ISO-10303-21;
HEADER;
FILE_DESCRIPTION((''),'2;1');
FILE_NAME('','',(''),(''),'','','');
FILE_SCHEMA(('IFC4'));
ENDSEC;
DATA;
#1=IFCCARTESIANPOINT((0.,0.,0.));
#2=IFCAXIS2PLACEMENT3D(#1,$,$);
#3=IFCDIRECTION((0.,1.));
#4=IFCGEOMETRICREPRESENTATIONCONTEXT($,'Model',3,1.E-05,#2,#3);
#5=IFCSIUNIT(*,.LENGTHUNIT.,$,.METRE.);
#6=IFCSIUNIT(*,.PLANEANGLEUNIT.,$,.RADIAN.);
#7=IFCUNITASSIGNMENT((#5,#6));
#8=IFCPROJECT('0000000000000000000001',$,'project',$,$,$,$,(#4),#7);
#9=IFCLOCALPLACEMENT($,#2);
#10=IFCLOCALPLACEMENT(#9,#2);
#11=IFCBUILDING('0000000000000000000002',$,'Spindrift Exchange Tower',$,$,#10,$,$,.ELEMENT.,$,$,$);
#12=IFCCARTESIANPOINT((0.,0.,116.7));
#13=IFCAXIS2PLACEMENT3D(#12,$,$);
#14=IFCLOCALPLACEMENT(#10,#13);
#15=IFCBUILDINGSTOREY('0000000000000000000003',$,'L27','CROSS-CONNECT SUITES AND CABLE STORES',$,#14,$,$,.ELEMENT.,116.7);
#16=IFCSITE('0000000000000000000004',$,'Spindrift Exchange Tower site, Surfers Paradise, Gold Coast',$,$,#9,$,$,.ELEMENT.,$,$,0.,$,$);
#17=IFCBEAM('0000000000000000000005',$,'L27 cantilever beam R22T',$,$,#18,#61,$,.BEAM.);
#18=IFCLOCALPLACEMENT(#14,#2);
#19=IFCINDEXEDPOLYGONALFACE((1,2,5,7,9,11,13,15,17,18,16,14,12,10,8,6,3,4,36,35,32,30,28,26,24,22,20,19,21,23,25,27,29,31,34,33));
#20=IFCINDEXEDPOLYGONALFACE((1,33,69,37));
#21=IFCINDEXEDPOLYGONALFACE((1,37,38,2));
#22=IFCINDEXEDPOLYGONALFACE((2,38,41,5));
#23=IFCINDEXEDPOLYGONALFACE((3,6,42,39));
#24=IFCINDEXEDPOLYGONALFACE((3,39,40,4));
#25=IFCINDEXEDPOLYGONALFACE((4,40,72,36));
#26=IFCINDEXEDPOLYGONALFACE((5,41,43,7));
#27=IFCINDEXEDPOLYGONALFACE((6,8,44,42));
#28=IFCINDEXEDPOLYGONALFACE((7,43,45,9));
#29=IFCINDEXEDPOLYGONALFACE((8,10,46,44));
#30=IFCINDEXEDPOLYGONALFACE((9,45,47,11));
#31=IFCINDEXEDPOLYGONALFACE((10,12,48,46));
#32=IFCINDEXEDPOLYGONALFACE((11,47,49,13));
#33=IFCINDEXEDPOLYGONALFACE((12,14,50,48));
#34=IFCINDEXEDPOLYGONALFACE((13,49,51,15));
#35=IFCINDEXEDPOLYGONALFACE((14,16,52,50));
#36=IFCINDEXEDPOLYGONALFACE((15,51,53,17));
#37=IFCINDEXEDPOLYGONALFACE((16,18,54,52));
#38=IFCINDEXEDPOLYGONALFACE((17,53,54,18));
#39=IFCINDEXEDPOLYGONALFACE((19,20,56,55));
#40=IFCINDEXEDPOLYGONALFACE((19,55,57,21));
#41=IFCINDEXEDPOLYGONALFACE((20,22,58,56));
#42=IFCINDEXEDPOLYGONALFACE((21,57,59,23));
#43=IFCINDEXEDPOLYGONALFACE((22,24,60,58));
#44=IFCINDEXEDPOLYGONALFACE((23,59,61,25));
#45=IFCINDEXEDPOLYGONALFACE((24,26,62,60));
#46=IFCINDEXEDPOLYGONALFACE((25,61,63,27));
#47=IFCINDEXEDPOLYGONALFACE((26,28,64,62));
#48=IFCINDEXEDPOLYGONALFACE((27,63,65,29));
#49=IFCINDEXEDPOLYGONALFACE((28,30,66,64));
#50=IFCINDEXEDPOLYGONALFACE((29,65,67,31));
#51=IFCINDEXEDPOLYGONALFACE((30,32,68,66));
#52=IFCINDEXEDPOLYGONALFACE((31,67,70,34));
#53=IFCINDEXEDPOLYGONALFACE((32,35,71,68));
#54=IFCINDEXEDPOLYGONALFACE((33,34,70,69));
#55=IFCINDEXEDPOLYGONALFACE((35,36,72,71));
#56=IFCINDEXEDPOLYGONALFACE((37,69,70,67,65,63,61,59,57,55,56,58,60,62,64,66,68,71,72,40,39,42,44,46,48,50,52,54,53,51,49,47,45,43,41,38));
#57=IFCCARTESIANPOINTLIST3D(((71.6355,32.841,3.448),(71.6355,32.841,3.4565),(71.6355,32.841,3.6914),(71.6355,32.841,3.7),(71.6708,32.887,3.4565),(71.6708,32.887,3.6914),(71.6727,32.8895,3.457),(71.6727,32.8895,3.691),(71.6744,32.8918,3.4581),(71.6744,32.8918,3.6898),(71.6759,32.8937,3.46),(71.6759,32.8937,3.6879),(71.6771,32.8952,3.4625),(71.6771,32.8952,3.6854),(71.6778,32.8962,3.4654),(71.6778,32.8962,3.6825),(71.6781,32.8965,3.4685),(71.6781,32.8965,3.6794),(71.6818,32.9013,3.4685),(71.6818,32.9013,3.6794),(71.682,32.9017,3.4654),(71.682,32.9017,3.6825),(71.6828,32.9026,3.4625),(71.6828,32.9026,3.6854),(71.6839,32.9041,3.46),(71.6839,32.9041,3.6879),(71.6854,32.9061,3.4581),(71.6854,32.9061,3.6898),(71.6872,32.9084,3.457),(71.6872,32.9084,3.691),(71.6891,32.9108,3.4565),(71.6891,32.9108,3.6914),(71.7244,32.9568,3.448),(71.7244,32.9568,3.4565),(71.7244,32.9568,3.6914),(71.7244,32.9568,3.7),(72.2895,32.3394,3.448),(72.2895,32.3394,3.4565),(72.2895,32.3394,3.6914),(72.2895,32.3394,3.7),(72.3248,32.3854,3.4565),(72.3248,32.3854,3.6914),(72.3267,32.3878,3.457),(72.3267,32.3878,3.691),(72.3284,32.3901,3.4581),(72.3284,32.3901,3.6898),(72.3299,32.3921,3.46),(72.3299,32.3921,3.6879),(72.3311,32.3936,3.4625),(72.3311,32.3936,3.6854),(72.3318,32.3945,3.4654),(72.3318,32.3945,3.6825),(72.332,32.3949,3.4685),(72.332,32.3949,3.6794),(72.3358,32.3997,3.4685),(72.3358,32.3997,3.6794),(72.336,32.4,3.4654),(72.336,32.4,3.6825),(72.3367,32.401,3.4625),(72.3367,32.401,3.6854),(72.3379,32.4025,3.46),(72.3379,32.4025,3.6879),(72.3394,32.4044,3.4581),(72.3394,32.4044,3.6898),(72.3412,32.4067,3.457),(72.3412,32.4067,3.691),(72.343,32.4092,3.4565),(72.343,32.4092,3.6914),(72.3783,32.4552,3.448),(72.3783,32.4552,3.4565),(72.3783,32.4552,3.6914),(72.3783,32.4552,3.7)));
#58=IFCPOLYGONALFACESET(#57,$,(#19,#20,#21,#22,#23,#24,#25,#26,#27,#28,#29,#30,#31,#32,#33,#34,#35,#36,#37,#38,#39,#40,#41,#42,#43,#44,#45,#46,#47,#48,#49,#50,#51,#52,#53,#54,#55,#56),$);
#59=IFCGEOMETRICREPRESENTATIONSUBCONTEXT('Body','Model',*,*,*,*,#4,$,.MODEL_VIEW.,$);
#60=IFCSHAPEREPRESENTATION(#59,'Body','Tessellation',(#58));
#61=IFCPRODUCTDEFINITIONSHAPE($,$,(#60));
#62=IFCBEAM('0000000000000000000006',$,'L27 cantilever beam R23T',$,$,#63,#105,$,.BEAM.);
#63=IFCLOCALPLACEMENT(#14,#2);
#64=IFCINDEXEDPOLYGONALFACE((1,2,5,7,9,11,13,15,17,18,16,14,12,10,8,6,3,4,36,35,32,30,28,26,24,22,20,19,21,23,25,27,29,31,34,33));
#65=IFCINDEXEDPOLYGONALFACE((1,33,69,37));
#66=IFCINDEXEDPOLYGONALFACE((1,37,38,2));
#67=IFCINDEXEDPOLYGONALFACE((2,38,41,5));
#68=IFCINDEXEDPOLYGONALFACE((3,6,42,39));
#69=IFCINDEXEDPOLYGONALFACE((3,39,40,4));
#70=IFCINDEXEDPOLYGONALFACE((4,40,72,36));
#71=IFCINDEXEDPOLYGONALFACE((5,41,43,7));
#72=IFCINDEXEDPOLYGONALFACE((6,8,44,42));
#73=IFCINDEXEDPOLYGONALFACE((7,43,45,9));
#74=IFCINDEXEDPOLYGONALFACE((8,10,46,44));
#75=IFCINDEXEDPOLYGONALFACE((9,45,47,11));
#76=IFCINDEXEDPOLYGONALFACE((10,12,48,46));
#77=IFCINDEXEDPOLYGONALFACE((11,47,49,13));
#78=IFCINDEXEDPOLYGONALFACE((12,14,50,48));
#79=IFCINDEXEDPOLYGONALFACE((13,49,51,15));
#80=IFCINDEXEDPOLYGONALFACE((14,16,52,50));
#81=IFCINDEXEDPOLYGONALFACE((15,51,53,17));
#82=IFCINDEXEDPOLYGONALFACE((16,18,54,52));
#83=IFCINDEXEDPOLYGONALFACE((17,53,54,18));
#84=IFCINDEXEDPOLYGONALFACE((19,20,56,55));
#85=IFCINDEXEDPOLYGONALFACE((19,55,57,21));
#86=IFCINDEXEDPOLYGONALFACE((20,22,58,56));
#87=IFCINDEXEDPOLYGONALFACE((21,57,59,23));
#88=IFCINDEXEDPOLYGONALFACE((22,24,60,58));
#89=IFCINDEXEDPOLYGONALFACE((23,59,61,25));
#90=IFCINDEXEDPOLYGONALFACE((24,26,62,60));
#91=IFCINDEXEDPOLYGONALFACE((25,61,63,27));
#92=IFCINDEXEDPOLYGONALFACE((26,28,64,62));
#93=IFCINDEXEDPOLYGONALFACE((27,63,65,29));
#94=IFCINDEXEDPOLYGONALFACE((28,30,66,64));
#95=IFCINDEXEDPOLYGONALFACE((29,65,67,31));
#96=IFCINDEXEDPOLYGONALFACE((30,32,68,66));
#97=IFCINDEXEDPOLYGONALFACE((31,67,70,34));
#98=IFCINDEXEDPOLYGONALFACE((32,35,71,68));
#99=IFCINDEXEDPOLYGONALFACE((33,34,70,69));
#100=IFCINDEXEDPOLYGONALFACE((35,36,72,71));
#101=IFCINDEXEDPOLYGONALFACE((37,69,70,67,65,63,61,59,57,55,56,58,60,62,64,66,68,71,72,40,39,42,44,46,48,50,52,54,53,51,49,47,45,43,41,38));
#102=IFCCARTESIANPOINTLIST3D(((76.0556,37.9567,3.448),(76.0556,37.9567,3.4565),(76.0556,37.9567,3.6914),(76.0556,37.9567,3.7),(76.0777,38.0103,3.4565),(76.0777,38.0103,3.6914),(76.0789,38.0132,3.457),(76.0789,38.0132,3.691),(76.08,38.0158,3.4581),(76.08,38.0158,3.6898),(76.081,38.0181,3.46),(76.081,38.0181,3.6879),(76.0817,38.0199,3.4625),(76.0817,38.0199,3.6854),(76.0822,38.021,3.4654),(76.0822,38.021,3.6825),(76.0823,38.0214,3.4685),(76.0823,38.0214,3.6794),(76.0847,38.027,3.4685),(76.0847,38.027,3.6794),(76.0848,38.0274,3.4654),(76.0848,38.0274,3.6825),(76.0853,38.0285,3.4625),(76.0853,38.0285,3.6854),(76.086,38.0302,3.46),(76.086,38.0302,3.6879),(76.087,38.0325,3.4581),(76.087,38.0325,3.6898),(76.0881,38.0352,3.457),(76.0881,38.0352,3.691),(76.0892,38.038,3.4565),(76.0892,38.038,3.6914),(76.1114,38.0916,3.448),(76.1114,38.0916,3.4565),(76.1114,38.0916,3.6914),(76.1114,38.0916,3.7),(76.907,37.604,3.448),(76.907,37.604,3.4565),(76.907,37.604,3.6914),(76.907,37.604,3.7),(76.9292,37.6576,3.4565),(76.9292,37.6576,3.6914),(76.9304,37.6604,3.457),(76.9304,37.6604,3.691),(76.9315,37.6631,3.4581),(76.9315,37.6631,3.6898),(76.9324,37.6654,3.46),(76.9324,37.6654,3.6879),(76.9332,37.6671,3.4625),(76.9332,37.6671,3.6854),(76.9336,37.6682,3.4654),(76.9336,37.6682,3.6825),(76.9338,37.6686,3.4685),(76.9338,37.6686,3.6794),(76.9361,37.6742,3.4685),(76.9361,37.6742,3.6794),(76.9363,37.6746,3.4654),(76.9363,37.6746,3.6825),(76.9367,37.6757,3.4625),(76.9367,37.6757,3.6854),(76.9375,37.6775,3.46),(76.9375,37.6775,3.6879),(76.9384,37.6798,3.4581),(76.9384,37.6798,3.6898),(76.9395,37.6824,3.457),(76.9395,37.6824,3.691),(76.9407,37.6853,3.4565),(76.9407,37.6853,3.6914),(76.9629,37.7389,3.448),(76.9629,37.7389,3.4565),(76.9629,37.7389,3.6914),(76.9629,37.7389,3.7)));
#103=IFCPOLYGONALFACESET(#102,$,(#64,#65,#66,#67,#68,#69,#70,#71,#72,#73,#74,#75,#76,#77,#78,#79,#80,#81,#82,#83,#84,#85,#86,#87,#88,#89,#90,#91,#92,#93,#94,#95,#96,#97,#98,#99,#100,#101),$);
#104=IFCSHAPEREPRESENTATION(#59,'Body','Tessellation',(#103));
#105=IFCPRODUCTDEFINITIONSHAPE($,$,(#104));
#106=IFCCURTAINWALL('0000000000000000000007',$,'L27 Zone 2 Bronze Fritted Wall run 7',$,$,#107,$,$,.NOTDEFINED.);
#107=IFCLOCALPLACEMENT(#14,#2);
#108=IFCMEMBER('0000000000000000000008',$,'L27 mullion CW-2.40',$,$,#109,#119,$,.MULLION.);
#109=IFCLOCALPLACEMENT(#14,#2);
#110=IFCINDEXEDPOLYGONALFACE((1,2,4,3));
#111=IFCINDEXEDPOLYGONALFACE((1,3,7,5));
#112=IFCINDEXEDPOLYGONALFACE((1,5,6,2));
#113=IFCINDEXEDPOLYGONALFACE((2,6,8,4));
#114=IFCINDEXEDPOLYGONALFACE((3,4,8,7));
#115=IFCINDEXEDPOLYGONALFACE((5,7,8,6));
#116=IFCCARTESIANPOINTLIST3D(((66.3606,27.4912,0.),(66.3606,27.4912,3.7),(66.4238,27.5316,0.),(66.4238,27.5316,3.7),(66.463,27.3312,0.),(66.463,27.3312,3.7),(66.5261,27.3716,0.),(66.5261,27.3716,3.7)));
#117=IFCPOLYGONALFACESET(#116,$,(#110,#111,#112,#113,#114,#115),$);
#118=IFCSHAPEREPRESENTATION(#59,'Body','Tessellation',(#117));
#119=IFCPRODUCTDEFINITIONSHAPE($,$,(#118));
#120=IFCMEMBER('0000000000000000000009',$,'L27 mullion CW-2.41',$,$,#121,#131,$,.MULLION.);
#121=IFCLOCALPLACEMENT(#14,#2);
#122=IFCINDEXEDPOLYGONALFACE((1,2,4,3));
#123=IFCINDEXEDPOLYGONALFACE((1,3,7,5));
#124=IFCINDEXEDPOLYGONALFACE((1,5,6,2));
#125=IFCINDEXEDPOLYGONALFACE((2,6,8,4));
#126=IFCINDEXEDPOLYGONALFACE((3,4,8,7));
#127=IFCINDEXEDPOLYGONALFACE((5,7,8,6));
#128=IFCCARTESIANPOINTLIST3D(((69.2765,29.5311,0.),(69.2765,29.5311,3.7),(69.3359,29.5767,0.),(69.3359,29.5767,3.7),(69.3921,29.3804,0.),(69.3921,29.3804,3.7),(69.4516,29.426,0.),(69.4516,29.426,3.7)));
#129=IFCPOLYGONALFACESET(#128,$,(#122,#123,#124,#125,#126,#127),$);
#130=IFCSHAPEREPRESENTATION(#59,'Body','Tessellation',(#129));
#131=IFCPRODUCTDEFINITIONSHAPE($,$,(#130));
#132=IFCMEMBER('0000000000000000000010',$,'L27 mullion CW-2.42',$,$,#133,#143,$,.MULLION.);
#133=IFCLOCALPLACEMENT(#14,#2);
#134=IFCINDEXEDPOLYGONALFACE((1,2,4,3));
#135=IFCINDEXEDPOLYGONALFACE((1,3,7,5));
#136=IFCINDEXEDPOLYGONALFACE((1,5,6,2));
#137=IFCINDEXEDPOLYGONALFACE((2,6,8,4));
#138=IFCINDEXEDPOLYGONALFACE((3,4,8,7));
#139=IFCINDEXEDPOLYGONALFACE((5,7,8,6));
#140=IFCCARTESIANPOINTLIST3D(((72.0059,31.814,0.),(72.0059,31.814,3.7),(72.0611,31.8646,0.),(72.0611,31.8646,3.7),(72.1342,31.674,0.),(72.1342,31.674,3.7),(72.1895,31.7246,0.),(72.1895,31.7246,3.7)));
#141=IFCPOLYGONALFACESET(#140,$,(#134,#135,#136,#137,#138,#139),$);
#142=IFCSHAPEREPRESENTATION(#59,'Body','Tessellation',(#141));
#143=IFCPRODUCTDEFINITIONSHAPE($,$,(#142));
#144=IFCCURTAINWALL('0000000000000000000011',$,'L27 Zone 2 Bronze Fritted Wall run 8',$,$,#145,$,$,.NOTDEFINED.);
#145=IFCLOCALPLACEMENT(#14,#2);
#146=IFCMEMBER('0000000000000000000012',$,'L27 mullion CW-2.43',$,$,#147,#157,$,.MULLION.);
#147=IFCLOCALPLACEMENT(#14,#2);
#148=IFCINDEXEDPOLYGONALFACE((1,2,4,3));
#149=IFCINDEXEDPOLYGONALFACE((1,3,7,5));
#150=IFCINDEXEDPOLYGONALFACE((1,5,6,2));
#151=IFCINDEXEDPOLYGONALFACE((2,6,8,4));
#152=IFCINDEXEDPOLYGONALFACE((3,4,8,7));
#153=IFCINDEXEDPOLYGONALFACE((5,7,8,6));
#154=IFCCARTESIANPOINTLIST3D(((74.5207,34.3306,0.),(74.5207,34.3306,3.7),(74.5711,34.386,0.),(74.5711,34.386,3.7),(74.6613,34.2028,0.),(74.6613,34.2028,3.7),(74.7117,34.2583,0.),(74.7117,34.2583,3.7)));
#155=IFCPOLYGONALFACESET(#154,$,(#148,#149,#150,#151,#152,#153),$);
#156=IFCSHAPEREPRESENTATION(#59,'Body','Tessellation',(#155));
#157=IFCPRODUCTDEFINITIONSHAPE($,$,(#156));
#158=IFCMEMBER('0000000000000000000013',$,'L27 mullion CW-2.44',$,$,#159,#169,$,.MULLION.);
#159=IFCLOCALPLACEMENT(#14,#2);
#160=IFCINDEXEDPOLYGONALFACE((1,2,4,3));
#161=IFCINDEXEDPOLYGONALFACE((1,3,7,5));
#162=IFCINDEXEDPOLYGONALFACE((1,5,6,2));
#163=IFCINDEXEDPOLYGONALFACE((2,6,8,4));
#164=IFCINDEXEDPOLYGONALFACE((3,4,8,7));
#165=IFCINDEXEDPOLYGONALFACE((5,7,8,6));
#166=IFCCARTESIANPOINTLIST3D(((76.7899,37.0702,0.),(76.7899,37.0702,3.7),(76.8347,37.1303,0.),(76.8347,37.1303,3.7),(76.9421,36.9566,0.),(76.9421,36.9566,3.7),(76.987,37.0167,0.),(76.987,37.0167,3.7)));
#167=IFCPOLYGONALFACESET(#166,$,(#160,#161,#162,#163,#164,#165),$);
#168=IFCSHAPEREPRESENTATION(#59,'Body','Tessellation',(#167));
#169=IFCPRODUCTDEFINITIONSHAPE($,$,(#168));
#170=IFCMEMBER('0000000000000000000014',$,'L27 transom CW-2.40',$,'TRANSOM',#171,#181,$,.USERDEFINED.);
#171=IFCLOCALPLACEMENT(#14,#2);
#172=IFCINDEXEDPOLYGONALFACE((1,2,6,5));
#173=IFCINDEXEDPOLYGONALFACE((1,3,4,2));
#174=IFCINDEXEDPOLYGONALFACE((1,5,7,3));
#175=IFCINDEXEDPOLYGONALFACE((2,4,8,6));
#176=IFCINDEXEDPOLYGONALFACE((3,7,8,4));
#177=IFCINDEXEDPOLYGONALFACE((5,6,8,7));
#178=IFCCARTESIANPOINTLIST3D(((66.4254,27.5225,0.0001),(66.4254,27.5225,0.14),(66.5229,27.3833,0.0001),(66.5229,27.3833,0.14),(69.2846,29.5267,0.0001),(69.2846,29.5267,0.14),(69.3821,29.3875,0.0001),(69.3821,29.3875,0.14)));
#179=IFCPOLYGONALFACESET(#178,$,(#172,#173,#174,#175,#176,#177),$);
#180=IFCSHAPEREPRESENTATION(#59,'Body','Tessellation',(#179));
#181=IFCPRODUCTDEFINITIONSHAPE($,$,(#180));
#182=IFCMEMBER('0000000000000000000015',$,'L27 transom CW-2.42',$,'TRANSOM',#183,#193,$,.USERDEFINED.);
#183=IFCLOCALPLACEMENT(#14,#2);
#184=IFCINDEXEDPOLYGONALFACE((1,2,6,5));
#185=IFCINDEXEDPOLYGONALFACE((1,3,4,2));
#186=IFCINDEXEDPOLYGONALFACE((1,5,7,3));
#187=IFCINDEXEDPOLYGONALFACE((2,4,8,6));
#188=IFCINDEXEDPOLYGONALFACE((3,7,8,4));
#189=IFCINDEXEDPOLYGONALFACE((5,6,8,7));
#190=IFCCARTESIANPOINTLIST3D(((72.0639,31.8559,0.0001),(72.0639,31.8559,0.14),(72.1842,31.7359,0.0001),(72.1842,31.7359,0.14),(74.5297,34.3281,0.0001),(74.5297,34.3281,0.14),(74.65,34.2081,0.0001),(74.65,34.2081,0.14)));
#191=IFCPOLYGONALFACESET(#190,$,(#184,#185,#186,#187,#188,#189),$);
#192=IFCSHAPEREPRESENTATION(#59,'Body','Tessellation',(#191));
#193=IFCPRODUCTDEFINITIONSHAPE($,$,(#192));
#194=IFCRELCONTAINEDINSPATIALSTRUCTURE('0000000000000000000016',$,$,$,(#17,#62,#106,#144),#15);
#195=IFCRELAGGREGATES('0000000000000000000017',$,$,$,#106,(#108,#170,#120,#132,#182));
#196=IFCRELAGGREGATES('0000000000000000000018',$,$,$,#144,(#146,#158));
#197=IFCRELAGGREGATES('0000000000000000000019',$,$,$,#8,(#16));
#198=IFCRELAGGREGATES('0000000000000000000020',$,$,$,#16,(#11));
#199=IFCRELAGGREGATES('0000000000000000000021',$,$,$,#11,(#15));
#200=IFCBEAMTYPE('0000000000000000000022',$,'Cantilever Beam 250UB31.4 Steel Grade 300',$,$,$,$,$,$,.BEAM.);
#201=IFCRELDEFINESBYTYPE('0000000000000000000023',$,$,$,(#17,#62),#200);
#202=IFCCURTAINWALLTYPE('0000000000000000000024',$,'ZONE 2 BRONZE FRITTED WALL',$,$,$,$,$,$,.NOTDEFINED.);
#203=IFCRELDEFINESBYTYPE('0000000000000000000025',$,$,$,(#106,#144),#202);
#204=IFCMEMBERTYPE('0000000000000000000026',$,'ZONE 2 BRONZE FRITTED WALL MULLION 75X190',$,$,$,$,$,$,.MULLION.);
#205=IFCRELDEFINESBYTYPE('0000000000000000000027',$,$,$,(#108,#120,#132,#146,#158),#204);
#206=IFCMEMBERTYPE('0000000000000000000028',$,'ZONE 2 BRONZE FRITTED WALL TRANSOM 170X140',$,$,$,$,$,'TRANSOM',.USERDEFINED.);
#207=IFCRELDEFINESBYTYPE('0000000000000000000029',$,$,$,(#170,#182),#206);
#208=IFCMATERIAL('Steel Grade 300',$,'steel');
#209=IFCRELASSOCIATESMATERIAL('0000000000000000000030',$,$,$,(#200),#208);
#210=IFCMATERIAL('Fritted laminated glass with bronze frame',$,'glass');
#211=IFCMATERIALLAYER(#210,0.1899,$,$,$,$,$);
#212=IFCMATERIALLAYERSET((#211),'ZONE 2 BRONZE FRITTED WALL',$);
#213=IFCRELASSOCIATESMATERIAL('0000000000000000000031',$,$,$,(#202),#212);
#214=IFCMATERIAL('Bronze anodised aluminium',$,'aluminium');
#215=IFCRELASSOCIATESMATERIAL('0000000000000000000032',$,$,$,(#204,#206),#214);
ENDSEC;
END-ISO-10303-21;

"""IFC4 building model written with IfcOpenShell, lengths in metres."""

from ifc_helpers import new_model, si_unit, direction, frame, origin, origin_2d, place, context, subcontext, project, spatial, rectangle, i_section, extrude, source, transform, mapped, material, layer, layer_set, material_profile, profile_set, type_object, element, aggregate, save


model = new_model("IFC4")

# Units and contexts
model_context = context("Model", 3, precision=1e-05, world=origin(), true_north=direction((0.0, 1.0)))
body_context = subcontext(model_context, "Body", "Model", "MODEL_VIEW")
ifc_project = project(units=[si_unit("LENGTHUNIT", "METRE"), si_unit("PLANEANGLEUNIT", "RADIAN")], contexts=[model_context])

# Site, building, storey
site_placement = place(None, origin())
site = spatial("IfcSite", under=ifc_project, at=site_placement, Name="Spindrift Exchange Tower site, Surfers Paradise, Gold Coast", CompositionType="ELEMENT", RefElevation=0.0)
building_placement = place(site_placement, origin())
building = spatial("IfcBuilding", under=site, at=building_placement, Name="Spindrift Exchange Tower", CompositionType="ELEMENT")
storey_placement = place(building_placement, frame((0.0, 0.0, 116.7)))
storey = spatial("IfcBuildingStorey", under=building, at=storey_placement, Name="L27", Description="CROSS-CONNECT SUITES AND CABLE STORES", CompositionType="ELEMENT", Elevation=116.7)

# Beams
ifc_material_1 = material(Name="Steel Grade 300", Category="steel")
ifc_material_profile_1 = material_profile(ifc_material_1, i_section(OverallWidth=0.146, OverallDepth=0.252, WebThickness=0.0061, FlangeThickness=0.0085, FilletRadius=0.012, at=origin_2d()), Name="250UB31.4")
ifc_profile_set_1 = profile_set([ifc_material_profile_1], Name="Steel Grade 300")
beam_type_1 = type_object("IfcBeamType", Name="Cantilever Beam 250UB31.4 Steel Grade 300", PredefinedType="BEAM", material=ifc_profile_set_1)
shared_shape_1 = source(origin(), body_context, "Body", "SweptSolid", [
    extrude(i_section(OverallWidth=0.146, OverallDepth=0.252, WebThickness=0.0061, FlangeThickness=0.0085, FilletRadius=0.012, at=origin_2d()), origin(), (0.0, 0.0, 1.0), 0.8242),
])
beam_1_placement = place(storey_placement, frame((71.6799, 32.8989, 3.574), z_axis=(0.793449, -0.608637, 0.0), x_axis=(0.608637, 0.793449, 0.0)))
element("IfcBeam", 1, at=beam_1_placement, inside=storey, type_object=beam_type_1, Name="L27 cantilever beam R22T", PredefinedType="BEAM", context=body_context, shape_type="MappedRepresentation", body=[
    mapped(shared_shape_1, transform((0.0, 0.0, 0.0), scale=1.0)),
])
shared_shape_2 = source(origin(), body_context, "Body", "SweptSolid", [
    extrude(i_section(OverallWidth=0.146, OverallDepth=0.252, WebThickness=0.0061, FlangeThickness=0.0085, FilletRadius=0.012, at=origin_2d()), origin(), (0.0, 0.0, 1.0), 0.9216),
])
beam_2_placement = place(storey_placement, frame((76.0835, 38.0242, 3.574), z_axis=(0.923859, -0.382734, 0.0), x_axis=(0.382734, 0.923859, 0.0)))
element("IfcBeam", 2, at=beam_2_placement, inside=storey, type_object=beam_type_1, Name="L27 cantilever beam R23T", PredefinedType="BEAM", context=body_context, shape_type="MappedRepresentation", body=[
    mapped(shared_shape_2, transform((0.0, 0.0, 0.0), scale=1.0)),
])

# Curtain walls, members
ifc_material_2 = material(Name="Fritted laminated glass with bronze frame", Category="glass")
ifc_layer_1 = layer(ifc_material_2, 0.1899)
ifc_layer_set_1 = layer_set([ifc_layer_1], Name="ZONE 2 BRONZE FRITTED WALL")
curtain_wall_type = type_object("IfcCurtainWallType", Name="ZONE 2 BRONZE FRITTED WALL", PredefinedType="NOTDEFINED", material=ifc_layer_set_1)
curtain_wall_1_placement = place(storey_placement, origin())
curtain_wall_1 = element("IfcCurtainWall", 3, at=curtain_wall_1_placement, inside=storey, type_object=curtain_wall_type, Name="L27 Zone 2 Bronze Fritted Wall run 7", PredefinedType="NOTDEFINED")
ifc_material_3 = material(Name="Bronze anodised aluminium", Category="aluminium")
ifc_material_profile_2 = material_profile(ifc_material_3, rectangle(XDim=0.075, YDim=0.1899, at=origin_2d()), Name="ZONE 2 BRONZE FRITTED WALL MULLION 75X190")
ifc_profile_set_2 = profile_set([ifc_material_profile_2], Name="Bronze anodised aluminium")
member_type_1 = type_object("IfcMemberType", Name="ZONE 2 BRONZE FRITTED WALL MULLION 75X190", PredefinedType="MULLION", material=ifc_profile_set_2)
shared_shape_3 = source(origin(), body_context, "Body", "SweptSolid", [
    extrude(rectangle(XDim=0.075, YDim=0.1899, at=origin_2d()), origin(), (0.0, 0.0, 1.0), 3.7),
])
member_1_placement = place(storey_placement, frame((66.4434, 27.4314, 0.0), z_axis=(0.0, 0.0, 1.0), x_axis=(0.842445, 0.538783, 0.0)))
member_1 = element("IfcMember", 4, at=member_1_placement, type_object=member_type_1, Name="L27 mullion CW-2.40", PredefinedType="MULLION", context=body_context, shape_type="MappedRepresentation", body=[
    mapped(shared_shape_3, transform((0.0, 0.0, 0.0), scale=1.0)),
])
member_2_placement = place(storey_placement, frame((69.364, 29.4785, 0.0), z_axis=(0.0, 0.0, 1.0), x_axis=(0.7934, 0.6087, 0.0)))
member_2 = element("IfcMember", 5, at=member_2_placement, type_object=member_type_1, Name="L27 mullion CW-2.41", PredefinedType="MULLION", context=body_context, shape_type="MappedRepresentation", body=[
    mapped(shared_shape_3, transform((0.0, 0.0, 0.0), scale=1.0)),
])
member_3_placement = place(storey_placement, frame((72.0977, 31.7693, 0.0), z_axis=(0.0, 0.0, 1.0), x_axis=(0.737056, 0.675831, 0.0)))
member_3 = element("IfcMember", 6, at=member_3_placement, type_object=member_type_1, Name="L27 mullion CW-2.42", PredefinedType="MULLION", context=body_context, shape_type="MappedRepresentation", body=[
    mapped(shared_shape_3, transform((0.0, 0.0, 0.0), scale=1.0)),
])
curtain_wall_2_placement = place(storey_placement, origin())
curtain_wall_2 = element("IfcCurtainWall", 7, at=curtain_wall_2_placement, inside=storey, type_object=curtain_wall_type, Name="L27 Zone 2 Bronze Fritted Wall run 8", PredefinedType="NOTDEFINED")
member_4_placement = place(storey_placement, frame((74.6162, 34.2944, 0.0), z_axis=(0.0, 0.0, 1.0), x_axis=(0.672378, 0.740208, 0.0)))
member_4 = element("IfcMember", 8, at=member_4_placement, type_object=member_type_1, Name="L27 mullion CW-2.43", PredefinedType="MULLION", context=body_context, shape_type="MappedRepresentation", body=[
    mapped(shared_shape_3, transform((0.0, 0.0, 0.0), scale=1.0)),
])
member_5_placement = place(storey_placement, frame((76.8884, 37.0435, 0.0), z_axis=(0.0, 0.0, 1.0), x_axis=(0.59797, 0.801518, 0.0)))
member_5 = element("IfcMember", 9, at=member_5_placement, type_object=member_type_1, Name="L27 mullion CW-2.44", PredefinedType="MULLION", context=body_context, shape_type="MappedRepresentation", body=[
    mapped(shared_shape_3, transform((0.0, 0.0, 0.0), scale=1.0)),
])

# Members
ifc_material_profile_3 = material_profile(ifc_material_3, rectangle(XDim=0.1699, YDim=0.1399, at=origin_2d()), Name="ZONE 2 BRONZE FRITTED WALL TRANSOM 170X140")
ifc_profile_set_3 = profile_set([ifc_material_profile_3], Name="Bronze anodised aluminium")
member_type_2 = type_object("IfcMemberType", Name="ZONE 2 BRONZE FRITTED WALL TRANSOM 170X140", ElementType="TRANSOM", PredefinedType="USERDEFINED", material=ifc_profile_set_3)
shared_shape_4 = source(origin(), body_context, "Body", "SweptSolid", [
    extrude(rectangle(XDim=0.1699, YDim=0.1399, at=origin_2d()), origin(), (0.0, 0.0, 1.0), 3.4917),
])
member_6_placement = place(storey_placement, frame((66.4741, 27.4529, 0.0701), z_axis=(0.818861, 0.573993, 0.0), x_axis=(-0.573993, 0.818861, 0.0)))
member_6 = element("IfcMember", 10, at=member_6_placement, type_object=member_type_2, Name="L27 transom CW-2.40", ObjectType="TRANSOM", PredefinedType="USERDEFINED", context=body_context, shape_type="MappedRepresentation", body=[
    mapped(shared_shape_4, transform((0.0, 0.0, 0.0), scale=1.0)),
])
member_7_placement = place(storey_placement, frame((72.124, 31.7959, 0.0701), z_axis=(0.706197, 0.708015, 0.0), x_axis=(-0.708015, 0.706197, 0.0)))
member_7 = element("IfcMember", 11, at=member_7_placement, type_object=member_type_2, Name="L27 transom CW-2.42", ObjectType="TRANSOM", PredefinedType="USERDEFINED", context=body_context, shape_type="MappedRepresentation", body=[
    mapped(shared_shape_4, transform((0.0, 0.0, 0.0), scale=1.0)),
])

aggregate(curtain_wall_1, [member_1, member_6, member_2, member_3, member_7])
aggregate(curtain_wall_2, [member_4, member_5])

save(model, "model.ifc")
